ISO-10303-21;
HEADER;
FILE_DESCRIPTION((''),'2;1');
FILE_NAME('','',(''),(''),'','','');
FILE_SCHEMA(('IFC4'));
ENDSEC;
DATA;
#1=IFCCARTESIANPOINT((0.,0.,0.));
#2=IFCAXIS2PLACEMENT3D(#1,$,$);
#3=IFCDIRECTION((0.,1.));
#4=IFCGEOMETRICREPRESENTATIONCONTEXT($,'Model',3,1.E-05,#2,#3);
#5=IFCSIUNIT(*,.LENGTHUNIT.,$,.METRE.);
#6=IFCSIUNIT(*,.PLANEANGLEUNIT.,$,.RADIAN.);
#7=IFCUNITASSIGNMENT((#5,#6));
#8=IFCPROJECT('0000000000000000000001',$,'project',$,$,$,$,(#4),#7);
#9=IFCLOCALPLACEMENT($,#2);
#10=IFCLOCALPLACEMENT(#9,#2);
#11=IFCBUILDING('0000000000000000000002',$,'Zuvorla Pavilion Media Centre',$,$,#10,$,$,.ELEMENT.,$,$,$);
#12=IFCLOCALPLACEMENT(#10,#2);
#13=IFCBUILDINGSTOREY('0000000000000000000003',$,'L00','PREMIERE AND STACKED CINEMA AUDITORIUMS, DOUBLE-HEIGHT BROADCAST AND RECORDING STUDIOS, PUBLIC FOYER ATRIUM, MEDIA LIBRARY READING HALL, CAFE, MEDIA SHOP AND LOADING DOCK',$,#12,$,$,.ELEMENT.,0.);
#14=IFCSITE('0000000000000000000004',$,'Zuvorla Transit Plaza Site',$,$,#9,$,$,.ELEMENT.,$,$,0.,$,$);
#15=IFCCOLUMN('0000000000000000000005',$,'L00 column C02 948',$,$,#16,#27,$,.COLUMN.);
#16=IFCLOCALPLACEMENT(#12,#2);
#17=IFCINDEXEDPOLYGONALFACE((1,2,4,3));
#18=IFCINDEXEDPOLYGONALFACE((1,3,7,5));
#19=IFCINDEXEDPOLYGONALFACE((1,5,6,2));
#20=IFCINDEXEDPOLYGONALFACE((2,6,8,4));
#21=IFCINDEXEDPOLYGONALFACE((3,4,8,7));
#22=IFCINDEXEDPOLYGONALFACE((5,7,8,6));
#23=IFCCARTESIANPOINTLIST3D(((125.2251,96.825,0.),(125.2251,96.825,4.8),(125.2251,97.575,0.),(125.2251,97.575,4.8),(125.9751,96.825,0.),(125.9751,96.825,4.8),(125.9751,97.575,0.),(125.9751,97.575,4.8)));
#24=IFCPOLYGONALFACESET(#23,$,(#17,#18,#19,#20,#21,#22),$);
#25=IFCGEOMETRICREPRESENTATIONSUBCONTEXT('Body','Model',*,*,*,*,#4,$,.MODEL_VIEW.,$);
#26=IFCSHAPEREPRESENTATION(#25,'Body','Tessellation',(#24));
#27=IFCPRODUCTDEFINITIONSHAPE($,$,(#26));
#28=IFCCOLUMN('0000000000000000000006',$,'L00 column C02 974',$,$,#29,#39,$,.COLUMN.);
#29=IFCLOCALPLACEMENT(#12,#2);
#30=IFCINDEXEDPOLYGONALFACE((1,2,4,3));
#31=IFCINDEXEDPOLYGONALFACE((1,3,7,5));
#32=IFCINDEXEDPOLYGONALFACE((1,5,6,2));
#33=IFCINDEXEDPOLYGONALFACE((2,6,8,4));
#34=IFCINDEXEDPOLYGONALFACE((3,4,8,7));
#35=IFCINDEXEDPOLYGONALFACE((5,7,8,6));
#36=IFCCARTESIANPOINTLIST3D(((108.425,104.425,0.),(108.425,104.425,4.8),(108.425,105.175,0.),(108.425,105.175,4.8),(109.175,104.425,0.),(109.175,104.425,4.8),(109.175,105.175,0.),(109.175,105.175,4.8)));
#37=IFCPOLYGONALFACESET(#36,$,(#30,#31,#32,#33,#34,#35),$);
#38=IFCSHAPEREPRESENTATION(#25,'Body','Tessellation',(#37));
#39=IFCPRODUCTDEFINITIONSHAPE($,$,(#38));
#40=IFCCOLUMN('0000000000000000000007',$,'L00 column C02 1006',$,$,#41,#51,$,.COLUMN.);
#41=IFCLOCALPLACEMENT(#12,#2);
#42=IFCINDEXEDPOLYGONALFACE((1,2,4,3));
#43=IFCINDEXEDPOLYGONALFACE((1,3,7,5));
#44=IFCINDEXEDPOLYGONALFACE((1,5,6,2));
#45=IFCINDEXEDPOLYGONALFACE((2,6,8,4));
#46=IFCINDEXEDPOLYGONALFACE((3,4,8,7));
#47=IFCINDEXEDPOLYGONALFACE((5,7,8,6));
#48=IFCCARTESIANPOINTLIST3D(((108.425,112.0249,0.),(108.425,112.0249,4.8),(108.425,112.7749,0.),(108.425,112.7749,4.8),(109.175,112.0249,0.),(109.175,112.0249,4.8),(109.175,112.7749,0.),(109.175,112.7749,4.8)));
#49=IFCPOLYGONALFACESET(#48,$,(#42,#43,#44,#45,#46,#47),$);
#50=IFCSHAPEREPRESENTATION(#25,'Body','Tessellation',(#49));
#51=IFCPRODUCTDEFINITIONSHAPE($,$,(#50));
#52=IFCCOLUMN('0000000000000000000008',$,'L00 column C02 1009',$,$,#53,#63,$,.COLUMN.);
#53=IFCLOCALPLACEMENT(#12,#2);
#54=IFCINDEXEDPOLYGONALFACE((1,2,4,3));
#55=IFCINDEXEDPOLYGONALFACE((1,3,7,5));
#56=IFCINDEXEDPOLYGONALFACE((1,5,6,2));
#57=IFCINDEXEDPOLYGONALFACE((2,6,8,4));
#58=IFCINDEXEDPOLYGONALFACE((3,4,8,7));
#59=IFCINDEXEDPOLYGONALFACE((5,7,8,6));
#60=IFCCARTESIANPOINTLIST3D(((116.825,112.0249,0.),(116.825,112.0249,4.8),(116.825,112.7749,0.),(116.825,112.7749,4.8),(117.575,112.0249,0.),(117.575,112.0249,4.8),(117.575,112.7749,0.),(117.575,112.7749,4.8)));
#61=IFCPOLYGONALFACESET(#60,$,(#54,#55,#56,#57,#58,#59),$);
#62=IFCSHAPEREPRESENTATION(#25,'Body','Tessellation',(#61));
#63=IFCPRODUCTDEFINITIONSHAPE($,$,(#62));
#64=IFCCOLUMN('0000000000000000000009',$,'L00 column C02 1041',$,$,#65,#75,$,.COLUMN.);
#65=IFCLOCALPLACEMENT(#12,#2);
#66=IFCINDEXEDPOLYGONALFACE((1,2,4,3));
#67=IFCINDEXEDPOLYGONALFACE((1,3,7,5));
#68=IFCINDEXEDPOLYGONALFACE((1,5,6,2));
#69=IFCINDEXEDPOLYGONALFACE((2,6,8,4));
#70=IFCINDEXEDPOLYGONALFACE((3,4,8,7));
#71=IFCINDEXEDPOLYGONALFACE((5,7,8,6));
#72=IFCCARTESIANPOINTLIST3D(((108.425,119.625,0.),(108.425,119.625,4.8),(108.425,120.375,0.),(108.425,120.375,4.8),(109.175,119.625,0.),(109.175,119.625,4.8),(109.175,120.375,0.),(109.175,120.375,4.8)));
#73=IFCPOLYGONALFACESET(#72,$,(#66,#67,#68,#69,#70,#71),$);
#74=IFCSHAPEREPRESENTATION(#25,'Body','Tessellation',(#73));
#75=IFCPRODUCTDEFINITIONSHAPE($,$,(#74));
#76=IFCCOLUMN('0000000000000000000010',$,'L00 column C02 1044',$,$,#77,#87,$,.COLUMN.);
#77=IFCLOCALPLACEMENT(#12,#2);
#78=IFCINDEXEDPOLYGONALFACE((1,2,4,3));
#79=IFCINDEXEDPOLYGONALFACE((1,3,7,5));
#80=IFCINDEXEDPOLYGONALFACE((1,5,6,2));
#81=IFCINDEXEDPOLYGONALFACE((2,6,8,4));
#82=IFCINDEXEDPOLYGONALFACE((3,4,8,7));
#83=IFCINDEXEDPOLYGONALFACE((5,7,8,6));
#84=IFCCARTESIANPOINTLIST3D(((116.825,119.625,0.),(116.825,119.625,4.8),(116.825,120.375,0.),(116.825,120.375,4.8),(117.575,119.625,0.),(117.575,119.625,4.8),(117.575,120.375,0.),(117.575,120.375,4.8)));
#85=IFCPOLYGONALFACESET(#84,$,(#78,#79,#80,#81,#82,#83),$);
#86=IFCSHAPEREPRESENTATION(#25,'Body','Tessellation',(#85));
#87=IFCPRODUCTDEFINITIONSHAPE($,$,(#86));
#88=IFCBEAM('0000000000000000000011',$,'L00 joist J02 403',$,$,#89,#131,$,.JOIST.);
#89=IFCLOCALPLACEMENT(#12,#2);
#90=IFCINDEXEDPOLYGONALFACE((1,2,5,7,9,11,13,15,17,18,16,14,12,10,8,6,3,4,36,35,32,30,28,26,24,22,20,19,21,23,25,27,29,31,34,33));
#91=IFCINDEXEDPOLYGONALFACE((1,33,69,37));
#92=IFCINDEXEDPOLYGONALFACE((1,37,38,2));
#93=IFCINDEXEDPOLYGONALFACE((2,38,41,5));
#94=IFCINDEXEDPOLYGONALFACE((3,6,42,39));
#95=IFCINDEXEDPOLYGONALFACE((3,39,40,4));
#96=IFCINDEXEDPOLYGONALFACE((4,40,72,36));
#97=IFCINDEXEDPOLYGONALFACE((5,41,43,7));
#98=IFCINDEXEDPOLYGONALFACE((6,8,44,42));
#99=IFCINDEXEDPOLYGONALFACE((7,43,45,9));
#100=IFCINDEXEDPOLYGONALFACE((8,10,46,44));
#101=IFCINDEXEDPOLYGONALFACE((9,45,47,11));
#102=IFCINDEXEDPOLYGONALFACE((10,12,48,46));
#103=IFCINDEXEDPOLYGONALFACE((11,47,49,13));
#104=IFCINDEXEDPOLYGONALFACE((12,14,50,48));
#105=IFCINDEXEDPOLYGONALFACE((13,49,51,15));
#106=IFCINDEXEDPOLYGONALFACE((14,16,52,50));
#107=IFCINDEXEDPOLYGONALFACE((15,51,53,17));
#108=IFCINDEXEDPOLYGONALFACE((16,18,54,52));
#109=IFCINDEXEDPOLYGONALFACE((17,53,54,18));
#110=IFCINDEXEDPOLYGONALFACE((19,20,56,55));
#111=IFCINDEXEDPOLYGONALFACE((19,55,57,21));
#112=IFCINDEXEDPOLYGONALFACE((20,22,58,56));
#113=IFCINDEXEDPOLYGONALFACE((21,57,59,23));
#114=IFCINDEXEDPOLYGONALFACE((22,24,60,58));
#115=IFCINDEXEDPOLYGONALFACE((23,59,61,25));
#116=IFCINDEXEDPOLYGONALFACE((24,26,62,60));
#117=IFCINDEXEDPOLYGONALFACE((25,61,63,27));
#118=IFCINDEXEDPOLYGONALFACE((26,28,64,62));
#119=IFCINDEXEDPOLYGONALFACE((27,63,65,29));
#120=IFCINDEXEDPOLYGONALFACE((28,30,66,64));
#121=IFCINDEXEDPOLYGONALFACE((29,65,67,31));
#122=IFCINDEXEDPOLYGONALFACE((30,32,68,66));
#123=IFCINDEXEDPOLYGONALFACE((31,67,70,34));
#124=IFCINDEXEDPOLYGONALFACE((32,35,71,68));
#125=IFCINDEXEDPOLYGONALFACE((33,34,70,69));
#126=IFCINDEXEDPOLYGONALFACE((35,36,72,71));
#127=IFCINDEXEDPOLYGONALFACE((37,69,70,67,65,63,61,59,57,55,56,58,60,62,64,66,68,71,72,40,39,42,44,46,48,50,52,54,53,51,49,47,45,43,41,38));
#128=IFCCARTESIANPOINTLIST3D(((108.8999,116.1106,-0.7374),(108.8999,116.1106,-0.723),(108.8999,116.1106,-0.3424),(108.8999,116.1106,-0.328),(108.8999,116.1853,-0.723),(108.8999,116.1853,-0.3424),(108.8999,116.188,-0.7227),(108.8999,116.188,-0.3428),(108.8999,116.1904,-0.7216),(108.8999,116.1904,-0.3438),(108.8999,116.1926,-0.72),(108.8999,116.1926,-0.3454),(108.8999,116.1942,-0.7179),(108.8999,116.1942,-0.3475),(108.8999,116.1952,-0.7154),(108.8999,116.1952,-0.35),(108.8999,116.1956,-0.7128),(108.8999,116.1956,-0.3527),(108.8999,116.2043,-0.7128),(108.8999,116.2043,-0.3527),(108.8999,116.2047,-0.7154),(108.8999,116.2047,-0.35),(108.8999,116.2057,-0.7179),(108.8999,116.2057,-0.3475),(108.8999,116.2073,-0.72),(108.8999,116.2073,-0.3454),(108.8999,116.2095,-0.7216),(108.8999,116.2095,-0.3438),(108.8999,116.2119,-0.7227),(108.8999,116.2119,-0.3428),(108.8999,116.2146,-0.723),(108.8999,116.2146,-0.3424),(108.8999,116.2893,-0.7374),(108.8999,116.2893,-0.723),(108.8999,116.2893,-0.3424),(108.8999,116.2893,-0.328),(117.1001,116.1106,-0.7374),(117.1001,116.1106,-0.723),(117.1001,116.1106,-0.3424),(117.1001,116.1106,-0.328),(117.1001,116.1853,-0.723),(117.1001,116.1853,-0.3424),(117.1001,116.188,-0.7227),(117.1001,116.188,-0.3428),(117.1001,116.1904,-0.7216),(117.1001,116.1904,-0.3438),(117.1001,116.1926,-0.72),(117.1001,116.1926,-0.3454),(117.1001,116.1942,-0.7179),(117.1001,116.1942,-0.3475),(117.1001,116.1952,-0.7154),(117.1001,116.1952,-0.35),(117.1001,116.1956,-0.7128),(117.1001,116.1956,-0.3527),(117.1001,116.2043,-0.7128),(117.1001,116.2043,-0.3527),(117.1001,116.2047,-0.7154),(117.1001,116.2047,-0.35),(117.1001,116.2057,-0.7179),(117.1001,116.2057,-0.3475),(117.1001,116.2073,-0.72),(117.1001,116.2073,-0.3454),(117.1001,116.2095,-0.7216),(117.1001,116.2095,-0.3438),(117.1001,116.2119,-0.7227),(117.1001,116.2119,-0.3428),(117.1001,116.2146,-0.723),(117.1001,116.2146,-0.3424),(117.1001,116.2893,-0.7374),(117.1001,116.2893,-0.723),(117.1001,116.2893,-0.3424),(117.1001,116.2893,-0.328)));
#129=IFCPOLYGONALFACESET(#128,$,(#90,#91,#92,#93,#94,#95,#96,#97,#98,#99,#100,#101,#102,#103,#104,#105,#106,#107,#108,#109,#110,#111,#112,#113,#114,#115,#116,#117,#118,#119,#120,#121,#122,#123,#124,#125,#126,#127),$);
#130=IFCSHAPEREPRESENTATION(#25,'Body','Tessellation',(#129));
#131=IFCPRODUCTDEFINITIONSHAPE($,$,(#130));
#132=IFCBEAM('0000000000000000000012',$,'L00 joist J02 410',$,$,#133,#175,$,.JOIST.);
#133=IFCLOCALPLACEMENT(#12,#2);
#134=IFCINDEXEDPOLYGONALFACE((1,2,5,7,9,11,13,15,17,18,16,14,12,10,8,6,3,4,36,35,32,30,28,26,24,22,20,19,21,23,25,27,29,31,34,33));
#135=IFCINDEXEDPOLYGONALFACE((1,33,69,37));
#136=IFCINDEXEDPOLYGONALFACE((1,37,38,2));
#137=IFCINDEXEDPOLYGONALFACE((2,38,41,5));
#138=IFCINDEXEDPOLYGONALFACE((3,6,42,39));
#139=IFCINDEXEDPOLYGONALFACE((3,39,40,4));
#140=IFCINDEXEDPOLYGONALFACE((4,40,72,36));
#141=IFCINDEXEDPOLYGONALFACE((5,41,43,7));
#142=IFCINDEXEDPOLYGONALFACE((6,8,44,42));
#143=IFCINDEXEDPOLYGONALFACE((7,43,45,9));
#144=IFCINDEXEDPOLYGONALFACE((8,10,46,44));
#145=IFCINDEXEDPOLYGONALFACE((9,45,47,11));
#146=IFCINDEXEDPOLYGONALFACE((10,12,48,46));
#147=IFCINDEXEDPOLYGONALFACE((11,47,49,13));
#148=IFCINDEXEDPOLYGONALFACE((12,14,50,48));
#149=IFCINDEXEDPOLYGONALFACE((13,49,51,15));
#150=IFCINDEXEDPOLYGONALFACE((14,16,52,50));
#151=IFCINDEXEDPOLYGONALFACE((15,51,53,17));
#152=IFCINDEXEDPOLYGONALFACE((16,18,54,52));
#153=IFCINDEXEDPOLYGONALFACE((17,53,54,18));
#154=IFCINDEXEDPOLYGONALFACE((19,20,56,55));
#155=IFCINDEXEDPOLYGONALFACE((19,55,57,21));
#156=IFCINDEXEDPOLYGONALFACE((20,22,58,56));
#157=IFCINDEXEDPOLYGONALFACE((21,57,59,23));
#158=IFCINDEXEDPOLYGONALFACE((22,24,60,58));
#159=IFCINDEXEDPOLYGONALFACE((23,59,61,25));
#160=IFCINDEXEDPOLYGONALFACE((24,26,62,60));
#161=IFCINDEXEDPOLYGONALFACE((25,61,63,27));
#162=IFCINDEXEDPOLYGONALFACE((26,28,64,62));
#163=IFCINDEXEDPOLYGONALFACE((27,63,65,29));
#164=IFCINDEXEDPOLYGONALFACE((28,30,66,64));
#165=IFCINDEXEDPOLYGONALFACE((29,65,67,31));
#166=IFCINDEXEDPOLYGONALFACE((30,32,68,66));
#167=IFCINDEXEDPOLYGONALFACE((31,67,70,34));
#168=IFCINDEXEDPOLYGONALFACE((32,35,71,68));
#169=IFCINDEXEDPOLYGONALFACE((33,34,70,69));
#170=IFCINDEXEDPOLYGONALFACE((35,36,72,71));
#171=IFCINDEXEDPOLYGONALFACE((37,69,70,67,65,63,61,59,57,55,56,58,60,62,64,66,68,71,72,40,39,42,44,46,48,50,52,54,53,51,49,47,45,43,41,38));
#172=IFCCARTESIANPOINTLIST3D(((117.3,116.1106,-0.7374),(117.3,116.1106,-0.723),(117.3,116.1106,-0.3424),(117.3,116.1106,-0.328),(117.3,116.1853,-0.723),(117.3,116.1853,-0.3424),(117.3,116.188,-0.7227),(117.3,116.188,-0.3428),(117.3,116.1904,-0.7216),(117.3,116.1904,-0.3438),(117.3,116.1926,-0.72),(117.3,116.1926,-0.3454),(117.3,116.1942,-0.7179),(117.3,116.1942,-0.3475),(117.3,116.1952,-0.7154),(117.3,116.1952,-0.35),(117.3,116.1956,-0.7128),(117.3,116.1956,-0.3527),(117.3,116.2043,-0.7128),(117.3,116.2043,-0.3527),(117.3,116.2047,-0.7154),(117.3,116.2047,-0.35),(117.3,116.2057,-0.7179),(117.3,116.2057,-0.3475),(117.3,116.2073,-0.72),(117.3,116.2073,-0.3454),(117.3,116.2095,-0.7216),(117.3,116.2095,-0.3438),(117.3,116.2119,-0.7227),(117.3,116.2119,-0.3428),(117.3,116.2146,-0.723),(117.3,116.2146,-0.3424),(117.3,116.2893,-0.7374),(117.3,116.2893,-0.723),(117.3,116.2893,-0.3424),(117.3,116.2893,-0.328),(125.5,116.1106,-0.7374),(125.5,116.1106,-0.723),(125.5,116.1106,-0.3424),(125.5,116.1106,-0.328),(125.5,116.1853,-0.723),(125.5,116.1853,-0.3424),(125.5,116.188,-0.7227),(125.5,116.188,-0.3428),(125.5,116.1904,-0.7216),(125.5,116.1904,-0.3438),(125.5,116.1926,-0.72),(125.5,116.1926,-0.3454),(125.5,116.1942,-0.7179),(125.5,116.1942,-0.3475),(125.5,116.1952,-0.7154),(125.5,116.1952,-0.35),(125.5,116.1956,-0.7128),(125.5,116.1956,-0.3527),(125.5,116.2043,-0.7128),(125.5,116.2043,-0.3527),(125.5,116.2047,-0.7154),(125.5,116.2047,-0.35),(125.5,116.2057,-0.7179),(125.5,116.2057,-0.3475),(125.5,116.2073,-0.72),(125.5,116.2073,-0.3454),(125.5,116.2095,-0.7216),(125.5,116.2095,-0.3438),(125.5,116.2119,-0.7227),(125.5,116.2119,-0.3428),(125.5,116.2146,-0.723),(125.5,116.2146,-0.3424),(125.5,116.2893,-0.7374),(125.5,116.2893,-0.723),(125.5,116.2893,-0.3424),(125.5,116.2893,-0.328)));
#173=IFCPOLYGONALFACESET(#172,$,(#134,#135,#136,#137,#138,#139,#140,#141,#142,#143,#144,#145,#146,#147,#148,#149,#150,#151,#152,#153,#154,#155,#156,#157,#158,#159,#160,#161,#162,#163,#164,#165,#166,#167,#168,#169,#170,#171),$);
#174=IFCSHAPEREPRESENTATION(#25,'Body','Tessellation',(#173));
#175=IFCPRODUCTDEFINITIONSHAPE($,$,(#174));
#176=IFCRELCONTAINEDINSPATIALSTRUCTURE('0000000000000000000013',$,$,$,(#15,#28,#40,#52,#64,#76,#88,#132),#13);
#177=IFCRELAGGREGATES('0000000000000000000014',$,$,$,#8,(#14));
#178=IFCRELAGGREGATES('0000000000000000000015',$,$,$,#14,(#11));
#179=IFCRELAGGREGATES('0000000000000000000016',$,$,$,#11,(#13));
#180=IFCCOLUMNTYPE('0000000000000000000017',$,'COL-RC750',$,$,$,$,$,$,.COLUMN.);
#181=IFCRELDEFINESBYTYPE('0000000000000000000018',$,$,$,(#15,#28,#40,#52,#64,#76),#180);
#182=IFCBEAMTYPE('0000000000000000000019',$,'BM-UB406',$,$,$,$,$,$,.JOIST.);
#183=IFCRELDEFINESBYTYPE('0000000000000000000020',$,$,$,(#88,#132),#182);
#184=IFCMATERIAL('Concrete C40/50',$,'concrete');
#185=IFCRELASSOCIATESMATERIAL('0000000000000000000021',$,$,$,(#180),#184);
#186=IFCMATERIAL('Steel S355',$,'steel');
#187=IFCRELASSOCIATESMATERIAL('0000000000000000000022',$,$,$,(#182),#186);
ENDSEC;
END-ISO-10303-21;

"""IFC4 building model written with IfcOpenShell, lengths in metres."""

from ifc_helpers import new_model, si_unit, direction, frame, origin, origin_2d, place, context, subcontext, project, spatial, rectangle, i_section, extrude, material, material_profile, profile_set, type_object, element, save


model = new_model("IFC4")

# Units and contexts
model_context = context("Model", 3, precision=1e-05, world=origin(), true_north=direction((0.0, 1.0)))
body_context = subcontext(model_context, "Body", "Model", "MODEL_VIEW")
ifc_project = project(units=[si_unit("LENGTHUNIT", "METRE"), si_unit("PLANEANGLEUNIT", "RADIAN")], contexts=[model_context])

# Site, building, storey
site_placement = place(None, origin())
site = spatial("IfcSite", under=ifc_project, at=site_placement, Name="Zuvorla Transit Plaza Site", CompositionType="ELEMENT", RefElevation=0.0)
building_placement = place(site_placement, origin())
building = spatial("IfcBuilding", under=site, at=building_placement, Name="Zuvorla Pavilion Media Centre", CompositionType="ELEMENT")
storey_placement = place(building_placement, origin())
storey = spatial("IfcBuildingStorey", under=building, at=storey_placement, Name="L00", Description="PREMIERE AND STACKED CINEMA AUDITORIUMS, DOUBLE-HEIGHT BROADCAST AND RECORDING STUDIOS, PUBLIC FOYER ATRIUM, MEDIA LIBRARY READING HALL, CAFE, MEDIA SHOP AND LOADING DOCK", CompositionType="ELEMENT", Elevation=0.0)

# Columns
ifc_material_1 = material(Name="Concrete C40/50", Category="concrete")
ifc_material_profile_1 = material_profile(ifc_material_1, rectangle(XDim=0.75, YDim=0.75, at=origin_2d()), Name="RC 750x750")
ifc_profile_set_1 = profile_set([ifc_material_profile_1], Name="Concrete C40/50")
column_type = type_object("IfcColumnType", Name="COL-RC750", PredefinedType="COLUMN", material=ifc_profile_set_1)
for number, where, z_axis, x_axis, name in (
    (1, (125.6001, 97.2, 0.0), (0.0, 0.0, 1.0), (1.0, 0.0, 0.0), "L00 column C02 948"),
    (2, (108.8, 104.8, 0.0), (0.0, 0.0, 1.0), (1.0, 0.0, 0.0), "L00 column C02 974"),
    (3, (108.8, 112.3999, 0.0), (0.0, 0.0, 1.0), (1.0, 0.0, 0.0), "L00 column C02 1006"),
    (4, (117.2, 112.3999, 0.0), (0.0, 0.0, 1.0), (1.0, 0.0, 0.0), "L00 column C02 1009"),
    (5, (108.8, 120.0, 0.0), (0.0, 0.0, 1.0), (1.0, 0.0, 0.0), "L00 column C02 1041"),
    (6, (117.2, 120.0, 0.0), (0.0, 0.0, 1.0), (1.0, 0.0, 0.0), "L00 column C02 1044"),
):
    element("IfcColumn", number, at=place(storey_placement, frame(where, z_axis=z_axis, x_axis=x_axis)), inside=storey, type_object=column_type, Name=name, PredefinedType="COLUMN", context=body_context, shape_type="SweptSolid", body=[
        extrude(rectangle(XDim=0.75, YDim=0.75, at=origin_2d()), origin(), (0.0, 0.0, 1.0), 4.8),
    ])

# Beams
ifc_material_2 = material(Name="Steel S355", Category="steel")
ifc_material_profile_2 = material_profile(ifc_material_2, i_section(OverallWidth=0.1787, OverallDepth=0.4094, WebThickness=0.0088, FlangeThickness=0.0144, FilletRadius=0.0103, at=origin_2d()), Name="UB 406x178x67")
ifc_profile_set_2 = profile_set([ifc_material_profile_2], Name="Steel S355")
beam_type_1 = type_object("IfcBeamType", Name="BM-UB406", PredefinedType="JOIST", material=ifc_profile_set_2)
beam_1_placement = place(storey_placement, frame((108.8999, 116.2, -0.5327), z_axis=(1.0, 0.0, 0.0), x_axis=(0.0, 1.0, 0.0)))
element("IfcBeam", 7, at=beam_1_placement, inside=storey, type_object=beam_type_1, Name="L00 joist J02 403", PredefinedType="JOIST", context=body_context, shape_type="SweptSolid", body=[
    extrude(i_section(OverallWidth=0.1787, OverallDepth=0.4094, WebThickness=0.0088, FlangeThickness=0.0144, FilletRadius=0.0103, at=origin_2d()), origin(), (0.0, 0.0, 1.0), 8.2002),
])
beam_2_placement = place(storey_placement, frame((117.3, 116.2, -0.5327), z_axis=(1.0, 0.0, 0.0), x_axis=(0.0, 1.0, 0.0)))
element("IfcBeam", 8, at=beam_2_placement, inside=storey, type_object=beam_type_1, Name="L00 joist J02 410", PredefinedType="JOIST", context=body_context, shape_type="SweptSolid", body=[
    extrude(i_section(OverallWidth=0.1787, OverallDepth=0.4094, WebThickness=0.0088, FlangeThickness=0.0144, FilletRadius=0.0103, at=origin_2d()), origin(), (0.0, 0.0, 1.0), 8.2),
])

save(model, "model.ifc")
